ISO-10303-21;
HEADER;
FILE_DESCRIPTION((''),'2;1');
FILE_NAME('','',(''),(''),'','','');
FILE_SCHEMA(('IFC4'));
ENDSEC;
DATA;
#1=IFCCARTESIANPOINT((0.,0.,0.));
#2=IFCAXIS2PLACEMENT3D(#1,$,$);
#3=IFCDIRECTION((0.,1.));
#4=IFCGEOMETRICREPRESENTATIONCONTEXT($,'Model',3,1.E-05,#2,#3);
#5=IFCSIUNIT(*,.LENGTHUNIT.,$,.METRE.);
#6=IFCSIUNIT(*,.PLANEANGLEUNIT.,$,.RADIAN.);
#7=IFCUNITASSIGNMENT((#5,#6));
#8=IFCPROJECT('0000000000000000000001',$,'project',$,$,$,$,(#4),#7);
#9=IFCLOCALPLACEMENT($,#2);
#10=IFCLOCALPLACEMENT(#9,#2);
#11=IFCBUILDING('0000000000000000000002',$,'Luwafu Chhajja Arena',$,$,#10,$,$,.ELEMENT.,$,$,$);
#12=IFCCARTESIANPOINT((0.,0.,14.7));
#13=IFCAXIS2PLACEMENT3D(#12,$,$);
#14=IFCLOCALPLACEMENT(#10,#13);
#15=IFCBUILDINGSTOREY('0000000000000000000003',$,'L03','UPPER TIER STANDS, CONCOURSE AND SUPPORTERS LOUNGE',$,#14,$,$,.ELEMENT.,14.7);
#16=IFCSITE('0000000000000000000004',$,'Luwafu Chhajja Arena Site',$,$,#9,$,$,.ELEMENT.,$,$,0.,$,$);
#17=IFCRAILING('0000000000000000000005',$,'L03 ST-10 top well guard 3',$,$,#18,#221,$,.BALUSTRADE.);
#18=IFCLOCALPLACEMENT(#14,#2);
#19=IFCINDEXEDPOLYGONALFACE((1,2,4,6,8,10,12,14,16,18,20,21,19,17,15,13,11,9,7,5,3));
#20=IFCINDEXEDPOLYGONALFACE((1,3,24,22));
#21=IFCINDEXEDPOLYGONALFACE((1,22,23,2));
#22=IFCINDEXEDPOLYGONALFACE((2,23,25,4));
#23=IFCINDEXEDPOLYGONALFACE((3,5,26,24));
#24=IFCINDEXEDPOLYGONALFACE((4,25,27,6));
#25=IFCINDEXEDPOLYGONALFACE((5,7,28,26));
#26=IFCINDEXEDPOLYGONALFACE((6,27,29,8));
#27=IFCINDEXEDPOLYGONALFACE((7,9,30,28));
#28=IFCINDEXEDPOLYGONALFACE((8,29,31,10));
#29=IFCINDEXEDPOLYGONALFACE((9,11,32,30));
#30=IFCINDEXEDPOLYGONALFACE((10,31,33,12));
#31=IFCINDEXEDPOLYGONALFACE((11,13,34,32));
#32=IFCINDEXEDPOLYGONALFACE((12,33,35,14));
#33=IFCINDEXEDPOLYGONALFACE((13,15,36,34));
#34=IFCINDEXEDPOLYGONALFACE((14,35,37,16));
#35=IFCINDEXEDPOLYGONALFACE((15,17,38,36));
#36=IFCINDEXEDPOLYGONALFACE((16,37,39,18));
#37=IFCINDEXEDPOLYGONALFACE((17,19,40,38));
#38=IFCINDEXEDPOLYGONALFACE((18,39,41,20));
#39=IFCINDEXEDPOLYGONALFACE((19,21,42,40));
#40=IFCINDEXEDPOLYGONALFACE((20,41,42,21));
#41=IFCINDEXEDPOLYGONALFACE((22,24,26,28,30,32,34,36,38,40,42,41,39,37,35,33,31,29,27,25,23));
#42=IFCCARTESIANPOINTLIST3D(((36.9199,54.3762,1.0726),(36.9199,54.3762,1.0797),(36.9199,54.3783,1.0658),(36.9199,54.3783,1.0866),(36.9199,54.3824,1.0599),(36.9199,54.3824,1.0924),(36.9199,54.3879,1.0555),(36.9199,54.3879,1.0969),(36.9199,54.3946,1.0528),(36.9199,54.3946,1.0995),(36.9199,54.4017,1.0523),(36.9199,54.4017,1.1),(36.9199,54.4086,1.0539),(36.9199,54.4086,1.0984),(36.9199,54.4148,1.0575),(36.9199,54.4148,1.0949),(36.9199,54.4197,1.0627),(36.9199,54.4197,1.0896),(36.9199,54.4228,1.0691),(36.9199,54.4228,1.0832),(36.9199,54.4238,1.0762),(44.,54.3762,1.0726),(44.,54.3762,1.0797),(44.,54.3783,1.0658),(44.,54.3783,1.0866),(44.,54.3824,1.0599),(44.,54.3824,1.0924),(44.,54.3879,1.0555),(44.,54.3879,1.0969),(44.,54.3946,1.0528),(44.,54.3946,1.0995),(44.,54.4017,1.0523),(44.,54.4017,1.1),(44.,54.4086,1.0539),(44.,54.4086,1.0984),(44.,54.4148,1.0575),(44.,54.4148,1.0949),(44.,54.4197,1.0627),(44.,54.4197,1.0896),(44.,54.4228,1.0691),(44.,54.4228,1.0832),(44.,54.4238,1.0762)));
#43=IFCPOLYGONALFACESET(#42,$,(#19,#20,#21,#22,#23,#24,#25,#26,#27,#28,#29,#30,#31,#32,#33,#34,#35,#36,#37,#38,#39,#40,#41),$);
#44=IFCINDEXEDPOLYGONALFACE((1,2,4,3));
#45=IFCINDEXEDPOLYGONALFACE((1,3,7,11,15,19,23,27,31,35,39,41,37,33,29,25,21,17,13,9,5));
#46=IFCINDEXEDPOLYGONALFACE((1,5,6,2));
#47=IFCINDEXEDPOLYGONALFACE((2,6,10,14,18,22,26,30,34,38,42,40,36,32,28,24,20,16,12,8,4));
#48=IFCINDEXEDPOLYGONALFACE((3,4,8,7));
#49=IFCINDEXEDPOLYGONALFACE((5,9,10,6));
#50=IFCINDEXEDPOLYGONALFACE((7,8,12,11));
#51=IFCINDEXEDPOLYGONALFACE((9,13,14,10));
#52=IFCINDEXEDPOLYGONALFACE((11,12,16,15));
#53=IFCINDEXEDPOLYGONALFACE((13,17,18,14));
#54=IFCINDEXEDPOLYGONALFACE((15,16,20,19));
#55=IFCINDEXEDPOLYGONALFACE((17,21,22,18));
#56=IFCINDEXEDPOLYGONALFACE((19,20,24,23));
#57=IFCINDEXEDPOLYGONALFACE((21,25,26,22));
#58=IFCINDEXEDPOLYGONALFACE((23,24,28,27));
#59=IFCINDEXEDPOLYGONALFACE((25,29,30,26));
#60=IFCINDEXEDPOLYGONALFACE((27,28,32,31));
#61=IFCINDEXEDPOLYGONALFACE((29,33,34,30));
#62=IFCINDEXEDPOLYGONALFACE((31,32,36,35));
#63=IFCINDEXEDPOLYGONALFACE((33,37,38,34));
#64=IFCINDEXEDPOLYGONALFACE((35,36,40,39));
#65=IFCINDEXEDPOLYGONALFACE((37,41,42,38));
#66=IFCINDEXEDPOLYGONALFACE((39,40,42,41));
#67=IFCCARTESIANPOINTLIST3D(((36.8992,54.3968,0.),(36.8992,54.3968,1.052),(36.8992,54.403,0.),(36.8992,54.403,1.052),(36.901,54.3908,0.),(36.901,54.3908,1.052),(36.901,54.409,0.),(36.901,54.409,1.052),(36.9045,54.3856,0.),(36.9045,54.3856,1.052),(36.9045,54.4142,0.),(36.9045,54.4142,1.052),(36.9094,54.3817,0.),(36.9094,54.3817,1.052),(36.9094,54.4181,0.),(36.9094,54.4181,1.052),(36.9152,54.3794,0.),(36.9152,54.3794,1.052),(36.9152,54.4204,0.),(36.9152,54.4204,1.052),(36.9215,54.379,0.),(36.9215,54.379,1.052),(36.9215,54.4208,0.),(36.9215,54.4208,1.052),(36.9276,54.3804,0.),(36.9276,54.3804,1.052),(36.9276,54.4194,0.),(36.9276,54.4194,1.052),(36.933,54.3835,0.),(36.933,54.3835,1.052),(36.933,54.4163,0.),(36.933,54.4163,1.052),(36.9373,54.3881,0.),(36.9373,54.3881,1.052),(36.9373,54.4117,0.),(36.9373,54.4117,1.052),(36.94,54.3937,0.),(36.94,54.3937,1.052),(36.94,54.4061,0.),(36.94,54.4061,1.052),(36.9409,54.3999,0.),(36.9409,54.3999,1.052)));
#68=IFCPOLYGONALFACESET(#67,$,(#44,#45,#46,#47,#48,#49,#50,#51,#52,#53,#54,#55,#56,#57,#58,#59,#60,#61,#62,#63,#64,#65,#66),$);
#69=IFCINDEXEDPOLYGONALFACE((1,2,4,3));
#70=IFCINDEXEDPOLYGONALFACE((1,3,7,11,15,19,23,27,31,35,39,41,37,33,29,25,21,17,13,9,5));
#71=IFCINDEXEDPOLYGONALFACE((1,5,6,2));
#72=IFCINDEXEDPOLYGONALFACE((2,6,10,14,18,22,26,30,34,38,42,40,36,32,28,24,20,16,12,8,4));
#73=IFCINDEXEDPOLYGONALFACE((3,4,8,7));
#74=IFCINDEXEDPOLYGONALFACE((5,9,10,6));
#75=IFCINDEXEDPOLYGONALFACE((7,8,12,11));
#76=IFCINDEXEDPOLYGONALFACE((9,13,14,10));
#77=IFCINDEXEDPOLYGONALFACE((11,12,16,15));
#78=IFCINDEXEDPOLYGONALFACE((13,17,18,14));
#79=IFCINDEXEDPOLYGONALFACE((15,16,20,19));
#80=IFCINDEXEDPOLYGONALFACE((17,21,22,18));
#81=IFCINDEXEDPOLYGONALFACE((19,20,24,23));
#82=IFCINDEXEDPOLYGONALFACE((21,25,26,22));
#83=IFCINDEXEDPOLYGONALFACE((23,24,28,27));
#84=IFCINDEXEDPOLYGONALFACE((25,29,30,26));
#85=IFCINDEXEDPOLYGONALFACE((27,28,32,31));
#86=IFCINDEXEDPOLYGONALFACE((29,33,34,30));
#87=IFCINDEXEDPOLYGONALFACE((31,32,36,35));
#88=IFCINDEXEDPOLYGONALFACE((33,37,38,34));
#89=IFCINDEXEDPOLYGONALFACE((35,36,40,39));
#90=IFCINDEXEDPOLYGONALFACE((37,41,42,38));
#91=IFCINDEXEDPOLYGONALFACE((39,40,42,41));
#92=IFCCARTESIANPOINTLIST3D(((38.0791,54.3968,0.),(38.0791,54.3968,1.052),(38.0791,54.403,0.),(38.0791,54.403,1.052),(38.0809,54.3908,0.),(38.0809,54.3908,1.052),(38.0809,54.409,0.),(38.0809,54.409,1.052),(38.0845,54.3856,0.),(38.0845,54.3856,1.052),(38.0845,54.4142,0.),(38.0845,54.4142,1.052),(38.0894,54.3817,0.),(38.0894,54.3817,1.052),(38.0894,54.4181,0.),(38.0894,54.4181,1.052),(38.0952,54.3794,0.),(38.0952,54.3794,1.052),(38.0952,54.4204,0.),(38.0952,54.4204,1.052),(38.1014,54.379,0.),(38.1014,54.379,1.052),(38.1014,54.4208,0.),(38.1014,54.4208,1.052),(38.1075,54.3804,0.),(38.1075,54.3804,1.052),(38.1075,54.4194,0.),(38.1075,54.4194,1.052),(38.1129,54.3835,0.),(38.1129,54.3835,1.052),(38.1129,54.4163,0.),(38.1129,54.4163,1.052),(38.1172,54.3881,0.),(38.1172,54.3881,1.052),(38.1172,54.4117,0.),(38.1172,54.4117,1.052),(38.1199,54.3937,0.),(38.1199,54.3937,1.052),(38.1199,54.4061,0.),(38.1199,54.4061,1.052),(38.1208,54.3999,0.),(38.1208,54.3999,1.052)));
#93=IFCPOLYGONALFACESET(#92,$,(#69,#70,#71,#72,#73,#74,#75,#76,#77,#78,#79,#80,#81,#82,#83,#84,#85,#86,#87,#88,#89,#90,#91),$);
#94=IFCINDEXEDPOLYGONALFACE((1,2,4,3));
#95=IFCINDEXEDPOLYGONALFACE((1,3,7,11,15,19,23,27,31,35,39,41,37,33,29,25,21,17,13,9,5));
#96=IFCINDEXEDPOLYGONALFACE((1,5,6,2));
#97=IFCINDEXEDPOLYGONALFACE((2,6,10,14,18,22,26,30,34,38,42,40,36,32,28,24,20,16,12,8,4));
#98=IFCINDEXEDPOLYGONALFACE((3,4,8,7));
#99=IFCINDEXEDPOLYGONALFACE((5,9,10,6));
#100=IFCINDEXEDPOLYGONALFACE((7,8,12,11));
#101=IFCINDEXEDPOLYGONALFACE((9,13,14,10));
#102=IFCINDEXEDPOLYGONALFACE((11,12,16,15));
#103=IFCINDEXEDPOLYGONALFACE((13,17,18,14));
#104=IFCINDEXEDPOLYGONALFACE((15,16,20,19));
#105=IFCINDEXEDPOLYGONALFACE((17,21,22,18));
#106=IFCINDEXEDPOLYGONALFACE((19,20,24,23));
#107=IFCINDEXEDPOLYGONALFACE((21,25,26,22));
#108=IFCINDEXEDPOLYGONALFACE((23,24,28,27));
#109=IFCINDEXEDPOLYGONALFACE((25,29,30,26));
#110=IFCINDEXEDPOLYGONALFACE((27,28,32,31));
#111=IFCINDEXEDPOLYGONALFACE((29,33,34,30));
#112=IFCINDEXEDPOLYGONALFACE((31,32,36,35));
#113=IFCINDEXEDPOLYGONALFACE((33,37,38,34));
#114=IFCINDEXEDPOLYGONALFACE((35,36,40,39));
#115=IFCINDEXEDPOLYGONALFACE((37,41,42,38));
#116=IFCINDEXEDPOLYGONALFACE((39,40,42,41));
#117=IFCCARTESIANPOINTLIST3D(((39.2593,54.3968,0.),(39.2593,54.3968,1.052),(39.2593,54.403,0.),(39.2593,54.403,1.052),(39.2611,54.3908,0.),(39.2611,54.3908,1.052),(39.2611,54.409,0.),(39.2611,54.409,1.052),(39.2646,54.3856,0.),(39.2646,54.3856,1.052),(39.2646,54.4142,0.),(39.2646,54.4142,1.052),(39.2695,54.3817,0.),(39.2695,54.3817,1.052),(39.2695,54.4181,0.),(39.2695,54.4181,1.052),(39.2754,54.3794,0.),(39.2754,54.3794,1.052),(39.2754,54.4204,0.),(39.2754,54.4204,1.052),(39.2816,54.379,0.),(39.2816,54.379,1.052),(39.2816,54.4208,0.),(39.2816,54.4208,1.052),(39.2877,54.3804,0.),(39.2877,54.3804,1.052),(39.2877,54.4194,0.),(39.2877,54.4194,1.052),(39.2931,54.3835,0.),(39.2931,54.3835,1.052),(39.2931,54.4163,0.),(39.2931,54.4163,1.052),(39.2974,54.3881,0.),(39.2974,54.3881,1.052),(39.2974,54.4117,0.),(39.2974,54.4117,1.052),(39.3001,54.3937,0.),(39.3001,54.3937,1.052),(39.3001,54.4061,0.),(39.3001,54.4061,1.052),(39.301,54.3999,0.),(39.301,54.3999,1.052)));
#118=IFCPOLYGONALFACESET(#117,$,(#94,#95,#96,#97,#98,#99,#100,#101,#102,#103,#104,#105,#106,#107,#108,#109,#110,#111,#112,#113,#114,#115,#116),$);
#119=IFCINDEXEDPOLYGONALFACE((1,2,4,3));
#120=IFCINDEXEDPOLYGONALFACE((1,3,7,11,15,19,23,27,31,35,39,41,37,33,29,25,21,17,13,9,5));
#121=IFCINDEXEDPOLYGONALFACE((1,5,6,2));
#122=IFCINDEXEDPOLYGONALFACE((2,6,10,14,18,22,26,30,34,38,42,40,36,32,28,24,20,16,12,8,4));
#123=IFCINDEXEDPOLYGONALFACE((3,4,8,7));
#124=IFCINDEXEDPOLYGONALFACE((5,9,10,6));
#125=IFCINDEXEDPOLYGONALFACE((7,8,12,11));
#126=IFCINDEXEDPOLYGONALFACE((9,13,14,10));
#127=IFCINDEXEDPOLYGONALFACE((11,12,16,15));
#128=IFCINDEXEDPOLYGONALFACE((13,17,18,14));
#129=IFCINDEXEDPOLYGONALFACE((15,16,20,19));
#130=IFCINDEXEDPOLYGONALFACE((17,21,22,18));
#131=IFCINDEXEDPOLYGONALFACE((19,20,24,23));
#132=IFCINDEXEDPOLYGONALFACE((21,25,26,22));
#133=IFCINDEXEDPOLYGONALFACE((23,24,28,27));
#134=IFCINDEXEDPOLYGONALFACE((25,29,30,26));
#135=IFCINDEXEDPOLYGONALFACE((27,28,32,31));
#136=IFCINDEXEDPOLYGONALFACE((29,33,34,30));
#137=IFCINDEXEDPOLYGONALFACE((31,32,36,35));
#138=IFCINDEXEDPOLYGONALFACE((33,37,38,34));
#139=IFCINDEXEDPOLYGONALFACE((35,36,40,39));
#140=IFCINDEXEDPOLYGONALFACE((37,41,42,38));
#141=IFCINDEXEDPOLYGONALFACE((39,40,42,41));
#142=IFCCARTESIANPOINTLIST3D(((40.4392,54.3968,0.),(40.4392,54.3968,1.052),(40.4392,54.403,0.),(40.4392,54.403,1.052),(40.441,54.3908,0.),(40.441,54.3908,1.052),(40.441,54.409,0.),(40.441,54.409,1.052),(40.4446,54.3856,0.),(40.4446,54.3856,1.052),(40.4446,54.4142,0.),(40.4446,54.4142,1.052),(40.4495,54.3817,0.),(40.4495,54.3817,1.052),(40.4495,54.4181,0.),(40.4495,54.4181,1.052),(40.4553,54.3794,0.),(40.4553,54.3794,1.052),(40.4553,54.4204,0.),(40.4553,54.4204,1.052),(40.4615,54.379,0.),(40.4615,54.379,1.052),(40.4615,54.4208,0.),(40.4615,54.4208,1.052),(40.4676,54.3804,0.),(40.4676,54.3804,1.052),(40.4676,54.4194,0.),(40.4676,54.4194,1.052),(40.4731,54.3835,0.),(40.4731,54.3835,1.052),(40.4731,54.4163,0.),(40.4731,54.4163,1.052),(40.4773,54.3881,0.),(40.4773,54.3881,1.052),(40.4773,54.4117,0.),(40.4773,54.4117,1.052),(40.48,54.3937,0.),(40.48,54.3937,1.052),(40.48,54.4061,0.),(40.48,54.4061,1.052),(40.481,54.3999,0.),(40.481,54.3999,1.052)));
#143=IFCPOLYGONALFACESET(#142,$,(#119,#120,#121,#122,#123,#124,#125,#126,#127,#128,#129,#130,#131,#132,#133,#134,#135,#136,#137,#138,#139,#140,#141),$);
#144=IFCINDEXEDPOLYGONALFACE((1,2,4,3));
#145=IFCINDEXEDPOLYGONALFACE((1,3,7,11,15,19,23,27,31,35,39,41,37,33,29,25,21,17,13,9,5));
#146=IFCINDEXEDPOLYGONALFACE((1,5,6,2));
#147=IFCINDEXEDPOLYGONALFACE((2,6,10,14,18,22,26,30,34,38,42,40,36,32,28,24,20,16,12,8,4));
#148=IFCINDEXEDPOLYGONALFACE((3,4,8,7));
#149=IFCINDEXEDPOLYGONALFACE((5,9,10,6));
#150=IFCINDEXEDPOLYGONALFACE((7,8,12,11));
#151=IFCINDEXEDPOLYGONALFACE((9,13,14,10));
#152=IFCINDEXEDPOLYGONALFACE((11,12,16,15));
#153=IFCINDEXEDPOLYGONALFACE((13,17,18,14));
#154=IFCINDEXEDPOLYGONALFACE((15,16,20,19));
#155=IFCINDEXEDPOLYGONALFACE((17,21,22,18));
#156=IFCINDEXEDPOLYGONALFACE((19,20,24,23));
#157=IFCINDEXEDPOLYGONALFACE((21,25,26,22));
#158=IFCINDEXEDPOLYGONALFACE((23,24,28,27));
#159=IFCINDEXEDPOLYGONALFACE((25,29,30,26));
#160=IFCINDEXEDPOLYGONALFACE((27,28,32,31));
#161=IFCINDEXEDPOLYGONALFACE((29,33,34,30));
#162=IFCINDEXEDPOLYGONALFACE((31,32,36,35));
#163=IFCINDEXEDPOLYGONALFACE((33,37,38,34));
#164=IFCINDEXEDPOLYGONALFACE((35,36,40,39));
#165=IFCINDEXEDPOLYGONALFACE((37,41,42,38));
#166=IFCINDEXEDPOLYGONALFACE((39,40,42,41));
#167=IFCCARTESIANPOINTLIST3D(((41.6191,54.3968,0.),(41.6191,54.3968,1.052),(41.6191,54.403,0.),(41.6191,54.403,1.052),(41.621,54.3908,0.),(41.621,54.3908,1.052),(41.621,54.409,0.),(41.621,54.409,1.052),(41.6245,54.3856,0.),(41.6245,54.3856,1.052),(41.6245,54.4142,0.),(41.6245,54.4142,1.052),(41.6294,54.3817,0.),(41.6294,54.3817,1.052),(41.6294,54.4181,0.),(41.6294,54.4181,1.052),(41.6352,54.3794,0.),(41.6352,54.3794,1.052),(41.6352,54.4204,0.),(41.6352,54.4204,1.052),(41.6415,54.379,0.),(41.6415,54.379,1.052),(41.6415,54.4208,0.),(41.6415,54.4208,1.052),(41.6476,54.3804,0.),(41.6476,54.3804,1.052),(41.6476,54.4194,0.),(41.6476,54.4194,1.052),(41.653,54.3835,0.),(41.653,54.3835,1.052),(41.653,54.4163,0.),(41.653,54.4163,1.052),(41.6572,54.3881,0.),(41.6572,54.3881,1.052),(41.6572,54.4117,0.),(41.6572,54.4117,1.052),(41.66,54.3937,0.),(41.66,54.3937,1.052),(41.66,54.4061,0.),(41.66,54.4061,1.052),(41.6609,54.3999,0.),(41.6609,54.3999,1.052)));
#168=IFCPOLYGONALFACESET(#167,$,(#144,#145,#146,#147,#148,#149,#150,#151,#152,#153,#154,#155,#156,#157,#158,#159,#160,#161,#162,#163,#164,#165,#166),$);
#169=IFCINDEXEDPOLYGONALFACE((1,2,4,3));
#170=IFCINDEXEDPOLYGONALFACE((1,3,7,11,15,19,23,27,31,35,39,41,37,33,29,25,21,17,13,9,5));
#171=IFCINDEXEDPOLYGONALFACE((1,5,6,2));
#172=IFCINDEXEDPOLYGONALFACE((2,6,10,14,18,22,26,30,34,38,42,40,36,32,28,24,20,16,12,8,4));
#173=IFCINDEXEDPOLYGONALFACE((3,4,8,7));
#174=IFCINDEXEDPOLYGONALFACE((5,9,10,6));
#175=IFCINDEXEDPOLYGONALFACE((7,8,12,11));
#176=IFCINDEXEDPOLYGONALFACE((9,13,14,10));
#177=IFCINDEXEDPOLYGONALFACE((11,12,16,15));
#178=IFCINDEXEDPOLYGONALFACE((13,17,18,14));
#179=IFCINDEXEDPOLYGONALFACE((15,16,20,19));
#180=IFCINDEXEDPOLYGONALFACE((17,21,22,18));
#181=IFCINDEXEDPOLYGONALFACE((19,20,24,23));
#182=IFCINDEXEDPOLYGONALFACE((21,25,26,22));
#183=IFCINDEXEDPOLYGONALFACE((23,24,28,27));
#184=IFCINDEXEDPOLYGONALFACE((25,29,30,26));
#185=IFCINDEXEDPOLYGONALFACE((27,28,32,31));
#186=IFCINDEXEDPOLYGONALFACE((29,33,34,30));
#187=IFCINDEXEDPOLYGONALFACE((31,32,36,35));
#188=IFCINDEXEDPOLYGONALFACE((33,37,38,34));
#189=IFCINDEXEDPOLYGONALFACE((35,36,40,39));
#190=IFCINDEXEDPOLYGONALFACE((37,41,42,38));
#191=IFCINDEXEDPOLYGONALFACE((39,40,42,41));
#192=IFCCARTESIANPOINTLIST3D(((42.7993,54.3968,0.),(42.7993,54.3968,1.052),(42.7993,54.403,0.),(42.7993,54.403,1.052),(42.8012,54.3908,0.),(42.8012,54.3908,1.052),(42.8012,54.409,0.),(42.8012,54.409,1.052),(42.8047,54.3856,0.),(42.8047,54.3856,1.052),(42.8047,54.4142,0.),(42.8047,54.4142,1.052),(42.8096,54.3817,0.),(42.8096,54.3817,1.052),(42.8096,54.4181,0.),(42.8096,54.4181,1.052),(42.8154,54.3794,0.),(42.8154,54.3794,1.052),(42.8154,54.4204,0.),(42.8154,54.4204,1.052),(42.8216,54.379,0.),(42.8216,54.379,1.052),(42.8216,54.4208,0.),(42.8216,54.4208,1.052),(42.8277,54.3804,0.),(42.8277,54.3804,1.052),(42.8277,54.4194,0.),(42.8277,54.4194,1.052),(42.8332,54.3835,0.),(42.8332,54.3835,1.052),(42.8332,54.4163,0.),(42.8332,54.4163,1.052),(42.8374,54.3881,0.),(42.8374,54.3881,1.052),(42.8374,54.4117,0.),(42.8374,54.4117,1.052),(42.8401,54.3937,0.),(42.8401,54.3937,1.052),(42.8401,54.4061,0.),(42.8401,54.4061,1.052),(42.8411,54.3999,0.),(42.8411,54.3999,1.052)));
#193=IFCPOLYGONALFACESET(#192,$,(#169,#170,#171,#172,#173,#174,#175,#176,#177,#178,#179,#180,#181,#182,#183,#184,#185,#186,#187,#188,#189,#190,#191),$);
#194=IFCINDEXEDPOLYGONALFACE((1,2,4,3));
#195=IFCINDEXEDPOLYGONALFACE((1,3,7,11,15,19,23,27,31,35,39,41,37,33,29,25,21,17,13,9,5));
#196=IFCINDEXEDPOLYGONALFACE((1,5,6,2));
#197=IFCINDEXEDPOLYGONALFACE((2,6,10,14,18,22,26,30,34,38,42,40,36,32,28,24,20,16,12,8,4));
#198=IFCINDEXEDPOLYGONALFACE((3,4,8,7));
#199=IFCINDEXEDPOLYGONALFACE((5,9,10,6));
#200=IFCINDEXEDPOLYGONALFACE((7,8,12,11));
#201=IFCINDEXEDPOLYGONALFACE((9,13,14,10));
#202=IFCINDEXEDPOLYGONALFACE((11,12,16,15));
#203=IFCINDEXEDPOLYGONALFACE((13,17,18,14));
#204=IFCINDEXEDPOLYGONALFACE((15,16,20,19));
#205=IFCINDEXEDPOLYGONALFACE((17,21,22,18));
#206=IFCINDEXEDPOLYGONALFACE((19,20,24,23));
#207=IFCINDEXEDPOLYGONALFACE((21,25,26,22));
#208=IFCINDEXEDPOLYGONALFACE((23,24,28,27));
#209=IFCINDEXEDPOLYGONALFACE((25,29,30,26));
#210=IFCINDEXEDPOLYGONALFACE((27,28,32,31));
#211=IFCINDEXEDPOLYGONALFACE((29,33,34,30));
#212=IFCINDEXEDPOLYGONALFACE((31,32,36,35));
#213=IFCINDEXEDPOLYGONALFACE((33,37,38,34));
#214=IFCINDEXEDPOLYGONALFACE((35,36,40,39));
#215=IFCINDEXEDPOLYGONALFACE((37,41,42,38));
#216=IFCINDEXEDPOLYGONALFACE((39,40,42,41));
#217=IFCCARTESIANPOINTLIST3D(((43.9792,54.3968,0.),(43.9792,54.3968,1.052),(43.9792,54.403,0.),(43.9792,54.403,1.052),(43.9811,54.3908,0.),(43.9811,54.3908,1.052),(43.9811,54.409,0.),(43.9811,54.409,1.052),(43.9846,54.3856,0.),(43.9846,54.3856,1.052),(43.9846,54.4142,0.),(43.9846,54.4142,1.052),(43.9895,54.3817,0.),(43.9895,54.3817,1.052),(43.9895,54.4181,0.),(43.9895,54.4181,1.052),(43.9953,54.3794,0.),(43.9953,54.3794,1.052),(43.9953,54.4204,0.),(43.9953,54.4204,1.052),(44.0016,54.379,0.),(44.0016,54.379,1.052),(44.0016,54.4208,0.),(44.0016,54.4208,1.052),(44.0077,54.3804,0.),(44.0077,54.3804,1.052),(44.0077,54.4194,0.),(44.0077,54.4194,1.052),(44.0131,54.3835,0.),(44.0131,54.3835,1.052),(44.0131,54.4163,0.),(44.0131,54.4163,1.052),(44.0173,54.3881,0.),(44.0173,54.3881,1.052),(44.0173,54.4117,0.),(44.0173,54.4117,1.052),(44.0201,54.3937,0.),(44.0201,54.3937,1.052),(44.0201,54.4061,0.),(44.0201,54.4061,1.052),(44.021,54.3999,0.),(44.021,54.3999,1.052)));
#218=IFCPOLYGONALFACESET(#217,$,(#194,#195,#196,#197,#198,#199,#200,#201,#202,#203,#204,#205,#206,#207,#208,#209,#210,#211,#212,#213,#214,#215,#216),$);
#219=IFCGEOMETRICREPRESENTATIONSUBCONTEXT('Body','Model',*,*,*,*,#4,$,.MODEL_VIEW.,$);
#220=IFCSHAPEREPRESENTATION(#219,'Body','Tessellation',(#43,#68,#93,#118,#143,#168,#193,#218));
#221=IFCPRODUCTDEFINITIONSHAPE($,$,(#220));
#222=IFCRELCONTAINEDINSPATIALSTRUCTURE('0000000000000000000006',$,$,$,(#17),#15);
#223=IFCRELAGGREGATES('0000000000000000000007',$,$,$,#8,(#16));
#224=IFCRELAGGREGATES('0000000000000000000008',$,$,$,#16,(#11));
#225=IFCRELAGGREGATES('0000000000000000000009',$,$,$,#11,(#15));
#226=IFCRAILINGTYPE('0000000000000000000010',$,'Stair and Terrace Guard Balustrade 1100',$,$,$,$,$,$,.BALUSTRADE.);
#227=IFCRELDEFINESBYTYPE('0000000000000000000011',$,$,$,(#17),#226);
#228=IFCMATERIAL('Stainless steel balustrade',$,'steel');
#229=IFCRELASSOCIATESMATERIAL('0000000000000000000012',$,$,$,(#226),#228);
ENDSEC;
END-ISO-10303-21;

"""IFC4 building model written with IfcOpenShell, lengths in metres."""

from ifc_helpers import new_model, si_unit, direction, frame, origin, origin_2d, place, context, subcontext, project, spatial, circle, extrude, material, type_object, element, save


model = new_model("IFC4")

# Units and contexts
model_context = context("Model", 3, precision=1e-05, world=origin(), true_north=direction((0.0, 1.0)))
body_context = subcontext(model_context, "Body", "Model", "MODEL_VIEW")
ifc_project = project(units=[si_unit("LENGTHUNIT", "METRE"), si_unit("PLANEANGLEUNIT", "RADIAN")], contexts=[model_context])

# Site, building, storey
site_placement = place(None, origin())
site = spatial("IfcSite", under=ifc_project, at=site_placement, Name="Luwafu Chhajja Arena Site", CompositionType="ELEMENT", RefElevation=0.0)
building_placement = place(site_placement, origin())
building = spatial("IfcBuilding", under=site, at=building_placement, Name="Luwafu Chhajja Arena", CompositionType="ELEMENT")
storey_placement = place(building_placement, frame((0.0, 0.0, 14.7)))
storey = spatial("IfcBuildingStorey", under=building, at=storey_placement, Name="L03", Description="UPPER TIER STANDS, CONCOURSE AND SUPPORTERS LOUNGE", CompositionType="ELEMENT", Elevation=14.7)

# Railing
ifc_material_1 = material(Name="Stainless steel balustrade", Category="steel")
railing_type = type_object("IfcRailingType", Name="Stair and Terrace Guard Balustrade 1100", PredefinedType="BALUSTRADE", material=ifc_material_1)
for number, where, name in (
    (1, (36.9199, 54.3999, 0.0), "L03 ST-10 top well guard 3"),
):
    element("IfcRailing", number, at=place(storey_placement, frame(where)), inside=storey, type_object=railing_type, Name=name, PredefinedType="BALUSTRADE", context=body_context, shape_type="SweptSolid", body=[
        extrude(circle(Radius=0.0239, at=origin_2d()), frame((0.0, 0.0, 1.0762), z_axis=(1.0, 0.0, 0.0), x_axis=(0.0, 1.0, 0.0)), (0.0, 0.0, 1.0), 7.0801),
        extrude(circle(Radius=0.021, at=origin_2d()), origin(), (0.0, 0.0, 1.0), 1.052),
        extrude(circle(Radius=0.021, at=origin_2d()), frame((1.1799, 0.0, 0.0)), (0.0, 0.0, 1.0), 1.052),
        extrude(circle(Radius=0.021, at=origin_2d()), frame((2.3601, 0.0, 0.0)), (0.0, 0.0, 1.0), 1.052),
        extrude(circle(Radius=0.021, at=origin_2d()), frame((3.54, 0.0, 0.0)), (0.0, 0.0, 1.0), 1.052),
        extrude(circle(Radius=0.021, at=origin_2d()), frame((4.72, 0.0, 0.0)), (0.0, 0.0, 1.0), 1.052),
        extrude(circle(Radius=0.021, at=origin_2d()), frame((5.9001, 0.0, 0.0)), (0.0, 0.0, 1.0), 1.052),
        extrude(circle(Radius=0.021, at=origin_2d()), frame((7.0801, 0.0, 0.0)), (0.0, 0.0, 1.0), 1.052),
    ])

save(model, "model.ifc")
